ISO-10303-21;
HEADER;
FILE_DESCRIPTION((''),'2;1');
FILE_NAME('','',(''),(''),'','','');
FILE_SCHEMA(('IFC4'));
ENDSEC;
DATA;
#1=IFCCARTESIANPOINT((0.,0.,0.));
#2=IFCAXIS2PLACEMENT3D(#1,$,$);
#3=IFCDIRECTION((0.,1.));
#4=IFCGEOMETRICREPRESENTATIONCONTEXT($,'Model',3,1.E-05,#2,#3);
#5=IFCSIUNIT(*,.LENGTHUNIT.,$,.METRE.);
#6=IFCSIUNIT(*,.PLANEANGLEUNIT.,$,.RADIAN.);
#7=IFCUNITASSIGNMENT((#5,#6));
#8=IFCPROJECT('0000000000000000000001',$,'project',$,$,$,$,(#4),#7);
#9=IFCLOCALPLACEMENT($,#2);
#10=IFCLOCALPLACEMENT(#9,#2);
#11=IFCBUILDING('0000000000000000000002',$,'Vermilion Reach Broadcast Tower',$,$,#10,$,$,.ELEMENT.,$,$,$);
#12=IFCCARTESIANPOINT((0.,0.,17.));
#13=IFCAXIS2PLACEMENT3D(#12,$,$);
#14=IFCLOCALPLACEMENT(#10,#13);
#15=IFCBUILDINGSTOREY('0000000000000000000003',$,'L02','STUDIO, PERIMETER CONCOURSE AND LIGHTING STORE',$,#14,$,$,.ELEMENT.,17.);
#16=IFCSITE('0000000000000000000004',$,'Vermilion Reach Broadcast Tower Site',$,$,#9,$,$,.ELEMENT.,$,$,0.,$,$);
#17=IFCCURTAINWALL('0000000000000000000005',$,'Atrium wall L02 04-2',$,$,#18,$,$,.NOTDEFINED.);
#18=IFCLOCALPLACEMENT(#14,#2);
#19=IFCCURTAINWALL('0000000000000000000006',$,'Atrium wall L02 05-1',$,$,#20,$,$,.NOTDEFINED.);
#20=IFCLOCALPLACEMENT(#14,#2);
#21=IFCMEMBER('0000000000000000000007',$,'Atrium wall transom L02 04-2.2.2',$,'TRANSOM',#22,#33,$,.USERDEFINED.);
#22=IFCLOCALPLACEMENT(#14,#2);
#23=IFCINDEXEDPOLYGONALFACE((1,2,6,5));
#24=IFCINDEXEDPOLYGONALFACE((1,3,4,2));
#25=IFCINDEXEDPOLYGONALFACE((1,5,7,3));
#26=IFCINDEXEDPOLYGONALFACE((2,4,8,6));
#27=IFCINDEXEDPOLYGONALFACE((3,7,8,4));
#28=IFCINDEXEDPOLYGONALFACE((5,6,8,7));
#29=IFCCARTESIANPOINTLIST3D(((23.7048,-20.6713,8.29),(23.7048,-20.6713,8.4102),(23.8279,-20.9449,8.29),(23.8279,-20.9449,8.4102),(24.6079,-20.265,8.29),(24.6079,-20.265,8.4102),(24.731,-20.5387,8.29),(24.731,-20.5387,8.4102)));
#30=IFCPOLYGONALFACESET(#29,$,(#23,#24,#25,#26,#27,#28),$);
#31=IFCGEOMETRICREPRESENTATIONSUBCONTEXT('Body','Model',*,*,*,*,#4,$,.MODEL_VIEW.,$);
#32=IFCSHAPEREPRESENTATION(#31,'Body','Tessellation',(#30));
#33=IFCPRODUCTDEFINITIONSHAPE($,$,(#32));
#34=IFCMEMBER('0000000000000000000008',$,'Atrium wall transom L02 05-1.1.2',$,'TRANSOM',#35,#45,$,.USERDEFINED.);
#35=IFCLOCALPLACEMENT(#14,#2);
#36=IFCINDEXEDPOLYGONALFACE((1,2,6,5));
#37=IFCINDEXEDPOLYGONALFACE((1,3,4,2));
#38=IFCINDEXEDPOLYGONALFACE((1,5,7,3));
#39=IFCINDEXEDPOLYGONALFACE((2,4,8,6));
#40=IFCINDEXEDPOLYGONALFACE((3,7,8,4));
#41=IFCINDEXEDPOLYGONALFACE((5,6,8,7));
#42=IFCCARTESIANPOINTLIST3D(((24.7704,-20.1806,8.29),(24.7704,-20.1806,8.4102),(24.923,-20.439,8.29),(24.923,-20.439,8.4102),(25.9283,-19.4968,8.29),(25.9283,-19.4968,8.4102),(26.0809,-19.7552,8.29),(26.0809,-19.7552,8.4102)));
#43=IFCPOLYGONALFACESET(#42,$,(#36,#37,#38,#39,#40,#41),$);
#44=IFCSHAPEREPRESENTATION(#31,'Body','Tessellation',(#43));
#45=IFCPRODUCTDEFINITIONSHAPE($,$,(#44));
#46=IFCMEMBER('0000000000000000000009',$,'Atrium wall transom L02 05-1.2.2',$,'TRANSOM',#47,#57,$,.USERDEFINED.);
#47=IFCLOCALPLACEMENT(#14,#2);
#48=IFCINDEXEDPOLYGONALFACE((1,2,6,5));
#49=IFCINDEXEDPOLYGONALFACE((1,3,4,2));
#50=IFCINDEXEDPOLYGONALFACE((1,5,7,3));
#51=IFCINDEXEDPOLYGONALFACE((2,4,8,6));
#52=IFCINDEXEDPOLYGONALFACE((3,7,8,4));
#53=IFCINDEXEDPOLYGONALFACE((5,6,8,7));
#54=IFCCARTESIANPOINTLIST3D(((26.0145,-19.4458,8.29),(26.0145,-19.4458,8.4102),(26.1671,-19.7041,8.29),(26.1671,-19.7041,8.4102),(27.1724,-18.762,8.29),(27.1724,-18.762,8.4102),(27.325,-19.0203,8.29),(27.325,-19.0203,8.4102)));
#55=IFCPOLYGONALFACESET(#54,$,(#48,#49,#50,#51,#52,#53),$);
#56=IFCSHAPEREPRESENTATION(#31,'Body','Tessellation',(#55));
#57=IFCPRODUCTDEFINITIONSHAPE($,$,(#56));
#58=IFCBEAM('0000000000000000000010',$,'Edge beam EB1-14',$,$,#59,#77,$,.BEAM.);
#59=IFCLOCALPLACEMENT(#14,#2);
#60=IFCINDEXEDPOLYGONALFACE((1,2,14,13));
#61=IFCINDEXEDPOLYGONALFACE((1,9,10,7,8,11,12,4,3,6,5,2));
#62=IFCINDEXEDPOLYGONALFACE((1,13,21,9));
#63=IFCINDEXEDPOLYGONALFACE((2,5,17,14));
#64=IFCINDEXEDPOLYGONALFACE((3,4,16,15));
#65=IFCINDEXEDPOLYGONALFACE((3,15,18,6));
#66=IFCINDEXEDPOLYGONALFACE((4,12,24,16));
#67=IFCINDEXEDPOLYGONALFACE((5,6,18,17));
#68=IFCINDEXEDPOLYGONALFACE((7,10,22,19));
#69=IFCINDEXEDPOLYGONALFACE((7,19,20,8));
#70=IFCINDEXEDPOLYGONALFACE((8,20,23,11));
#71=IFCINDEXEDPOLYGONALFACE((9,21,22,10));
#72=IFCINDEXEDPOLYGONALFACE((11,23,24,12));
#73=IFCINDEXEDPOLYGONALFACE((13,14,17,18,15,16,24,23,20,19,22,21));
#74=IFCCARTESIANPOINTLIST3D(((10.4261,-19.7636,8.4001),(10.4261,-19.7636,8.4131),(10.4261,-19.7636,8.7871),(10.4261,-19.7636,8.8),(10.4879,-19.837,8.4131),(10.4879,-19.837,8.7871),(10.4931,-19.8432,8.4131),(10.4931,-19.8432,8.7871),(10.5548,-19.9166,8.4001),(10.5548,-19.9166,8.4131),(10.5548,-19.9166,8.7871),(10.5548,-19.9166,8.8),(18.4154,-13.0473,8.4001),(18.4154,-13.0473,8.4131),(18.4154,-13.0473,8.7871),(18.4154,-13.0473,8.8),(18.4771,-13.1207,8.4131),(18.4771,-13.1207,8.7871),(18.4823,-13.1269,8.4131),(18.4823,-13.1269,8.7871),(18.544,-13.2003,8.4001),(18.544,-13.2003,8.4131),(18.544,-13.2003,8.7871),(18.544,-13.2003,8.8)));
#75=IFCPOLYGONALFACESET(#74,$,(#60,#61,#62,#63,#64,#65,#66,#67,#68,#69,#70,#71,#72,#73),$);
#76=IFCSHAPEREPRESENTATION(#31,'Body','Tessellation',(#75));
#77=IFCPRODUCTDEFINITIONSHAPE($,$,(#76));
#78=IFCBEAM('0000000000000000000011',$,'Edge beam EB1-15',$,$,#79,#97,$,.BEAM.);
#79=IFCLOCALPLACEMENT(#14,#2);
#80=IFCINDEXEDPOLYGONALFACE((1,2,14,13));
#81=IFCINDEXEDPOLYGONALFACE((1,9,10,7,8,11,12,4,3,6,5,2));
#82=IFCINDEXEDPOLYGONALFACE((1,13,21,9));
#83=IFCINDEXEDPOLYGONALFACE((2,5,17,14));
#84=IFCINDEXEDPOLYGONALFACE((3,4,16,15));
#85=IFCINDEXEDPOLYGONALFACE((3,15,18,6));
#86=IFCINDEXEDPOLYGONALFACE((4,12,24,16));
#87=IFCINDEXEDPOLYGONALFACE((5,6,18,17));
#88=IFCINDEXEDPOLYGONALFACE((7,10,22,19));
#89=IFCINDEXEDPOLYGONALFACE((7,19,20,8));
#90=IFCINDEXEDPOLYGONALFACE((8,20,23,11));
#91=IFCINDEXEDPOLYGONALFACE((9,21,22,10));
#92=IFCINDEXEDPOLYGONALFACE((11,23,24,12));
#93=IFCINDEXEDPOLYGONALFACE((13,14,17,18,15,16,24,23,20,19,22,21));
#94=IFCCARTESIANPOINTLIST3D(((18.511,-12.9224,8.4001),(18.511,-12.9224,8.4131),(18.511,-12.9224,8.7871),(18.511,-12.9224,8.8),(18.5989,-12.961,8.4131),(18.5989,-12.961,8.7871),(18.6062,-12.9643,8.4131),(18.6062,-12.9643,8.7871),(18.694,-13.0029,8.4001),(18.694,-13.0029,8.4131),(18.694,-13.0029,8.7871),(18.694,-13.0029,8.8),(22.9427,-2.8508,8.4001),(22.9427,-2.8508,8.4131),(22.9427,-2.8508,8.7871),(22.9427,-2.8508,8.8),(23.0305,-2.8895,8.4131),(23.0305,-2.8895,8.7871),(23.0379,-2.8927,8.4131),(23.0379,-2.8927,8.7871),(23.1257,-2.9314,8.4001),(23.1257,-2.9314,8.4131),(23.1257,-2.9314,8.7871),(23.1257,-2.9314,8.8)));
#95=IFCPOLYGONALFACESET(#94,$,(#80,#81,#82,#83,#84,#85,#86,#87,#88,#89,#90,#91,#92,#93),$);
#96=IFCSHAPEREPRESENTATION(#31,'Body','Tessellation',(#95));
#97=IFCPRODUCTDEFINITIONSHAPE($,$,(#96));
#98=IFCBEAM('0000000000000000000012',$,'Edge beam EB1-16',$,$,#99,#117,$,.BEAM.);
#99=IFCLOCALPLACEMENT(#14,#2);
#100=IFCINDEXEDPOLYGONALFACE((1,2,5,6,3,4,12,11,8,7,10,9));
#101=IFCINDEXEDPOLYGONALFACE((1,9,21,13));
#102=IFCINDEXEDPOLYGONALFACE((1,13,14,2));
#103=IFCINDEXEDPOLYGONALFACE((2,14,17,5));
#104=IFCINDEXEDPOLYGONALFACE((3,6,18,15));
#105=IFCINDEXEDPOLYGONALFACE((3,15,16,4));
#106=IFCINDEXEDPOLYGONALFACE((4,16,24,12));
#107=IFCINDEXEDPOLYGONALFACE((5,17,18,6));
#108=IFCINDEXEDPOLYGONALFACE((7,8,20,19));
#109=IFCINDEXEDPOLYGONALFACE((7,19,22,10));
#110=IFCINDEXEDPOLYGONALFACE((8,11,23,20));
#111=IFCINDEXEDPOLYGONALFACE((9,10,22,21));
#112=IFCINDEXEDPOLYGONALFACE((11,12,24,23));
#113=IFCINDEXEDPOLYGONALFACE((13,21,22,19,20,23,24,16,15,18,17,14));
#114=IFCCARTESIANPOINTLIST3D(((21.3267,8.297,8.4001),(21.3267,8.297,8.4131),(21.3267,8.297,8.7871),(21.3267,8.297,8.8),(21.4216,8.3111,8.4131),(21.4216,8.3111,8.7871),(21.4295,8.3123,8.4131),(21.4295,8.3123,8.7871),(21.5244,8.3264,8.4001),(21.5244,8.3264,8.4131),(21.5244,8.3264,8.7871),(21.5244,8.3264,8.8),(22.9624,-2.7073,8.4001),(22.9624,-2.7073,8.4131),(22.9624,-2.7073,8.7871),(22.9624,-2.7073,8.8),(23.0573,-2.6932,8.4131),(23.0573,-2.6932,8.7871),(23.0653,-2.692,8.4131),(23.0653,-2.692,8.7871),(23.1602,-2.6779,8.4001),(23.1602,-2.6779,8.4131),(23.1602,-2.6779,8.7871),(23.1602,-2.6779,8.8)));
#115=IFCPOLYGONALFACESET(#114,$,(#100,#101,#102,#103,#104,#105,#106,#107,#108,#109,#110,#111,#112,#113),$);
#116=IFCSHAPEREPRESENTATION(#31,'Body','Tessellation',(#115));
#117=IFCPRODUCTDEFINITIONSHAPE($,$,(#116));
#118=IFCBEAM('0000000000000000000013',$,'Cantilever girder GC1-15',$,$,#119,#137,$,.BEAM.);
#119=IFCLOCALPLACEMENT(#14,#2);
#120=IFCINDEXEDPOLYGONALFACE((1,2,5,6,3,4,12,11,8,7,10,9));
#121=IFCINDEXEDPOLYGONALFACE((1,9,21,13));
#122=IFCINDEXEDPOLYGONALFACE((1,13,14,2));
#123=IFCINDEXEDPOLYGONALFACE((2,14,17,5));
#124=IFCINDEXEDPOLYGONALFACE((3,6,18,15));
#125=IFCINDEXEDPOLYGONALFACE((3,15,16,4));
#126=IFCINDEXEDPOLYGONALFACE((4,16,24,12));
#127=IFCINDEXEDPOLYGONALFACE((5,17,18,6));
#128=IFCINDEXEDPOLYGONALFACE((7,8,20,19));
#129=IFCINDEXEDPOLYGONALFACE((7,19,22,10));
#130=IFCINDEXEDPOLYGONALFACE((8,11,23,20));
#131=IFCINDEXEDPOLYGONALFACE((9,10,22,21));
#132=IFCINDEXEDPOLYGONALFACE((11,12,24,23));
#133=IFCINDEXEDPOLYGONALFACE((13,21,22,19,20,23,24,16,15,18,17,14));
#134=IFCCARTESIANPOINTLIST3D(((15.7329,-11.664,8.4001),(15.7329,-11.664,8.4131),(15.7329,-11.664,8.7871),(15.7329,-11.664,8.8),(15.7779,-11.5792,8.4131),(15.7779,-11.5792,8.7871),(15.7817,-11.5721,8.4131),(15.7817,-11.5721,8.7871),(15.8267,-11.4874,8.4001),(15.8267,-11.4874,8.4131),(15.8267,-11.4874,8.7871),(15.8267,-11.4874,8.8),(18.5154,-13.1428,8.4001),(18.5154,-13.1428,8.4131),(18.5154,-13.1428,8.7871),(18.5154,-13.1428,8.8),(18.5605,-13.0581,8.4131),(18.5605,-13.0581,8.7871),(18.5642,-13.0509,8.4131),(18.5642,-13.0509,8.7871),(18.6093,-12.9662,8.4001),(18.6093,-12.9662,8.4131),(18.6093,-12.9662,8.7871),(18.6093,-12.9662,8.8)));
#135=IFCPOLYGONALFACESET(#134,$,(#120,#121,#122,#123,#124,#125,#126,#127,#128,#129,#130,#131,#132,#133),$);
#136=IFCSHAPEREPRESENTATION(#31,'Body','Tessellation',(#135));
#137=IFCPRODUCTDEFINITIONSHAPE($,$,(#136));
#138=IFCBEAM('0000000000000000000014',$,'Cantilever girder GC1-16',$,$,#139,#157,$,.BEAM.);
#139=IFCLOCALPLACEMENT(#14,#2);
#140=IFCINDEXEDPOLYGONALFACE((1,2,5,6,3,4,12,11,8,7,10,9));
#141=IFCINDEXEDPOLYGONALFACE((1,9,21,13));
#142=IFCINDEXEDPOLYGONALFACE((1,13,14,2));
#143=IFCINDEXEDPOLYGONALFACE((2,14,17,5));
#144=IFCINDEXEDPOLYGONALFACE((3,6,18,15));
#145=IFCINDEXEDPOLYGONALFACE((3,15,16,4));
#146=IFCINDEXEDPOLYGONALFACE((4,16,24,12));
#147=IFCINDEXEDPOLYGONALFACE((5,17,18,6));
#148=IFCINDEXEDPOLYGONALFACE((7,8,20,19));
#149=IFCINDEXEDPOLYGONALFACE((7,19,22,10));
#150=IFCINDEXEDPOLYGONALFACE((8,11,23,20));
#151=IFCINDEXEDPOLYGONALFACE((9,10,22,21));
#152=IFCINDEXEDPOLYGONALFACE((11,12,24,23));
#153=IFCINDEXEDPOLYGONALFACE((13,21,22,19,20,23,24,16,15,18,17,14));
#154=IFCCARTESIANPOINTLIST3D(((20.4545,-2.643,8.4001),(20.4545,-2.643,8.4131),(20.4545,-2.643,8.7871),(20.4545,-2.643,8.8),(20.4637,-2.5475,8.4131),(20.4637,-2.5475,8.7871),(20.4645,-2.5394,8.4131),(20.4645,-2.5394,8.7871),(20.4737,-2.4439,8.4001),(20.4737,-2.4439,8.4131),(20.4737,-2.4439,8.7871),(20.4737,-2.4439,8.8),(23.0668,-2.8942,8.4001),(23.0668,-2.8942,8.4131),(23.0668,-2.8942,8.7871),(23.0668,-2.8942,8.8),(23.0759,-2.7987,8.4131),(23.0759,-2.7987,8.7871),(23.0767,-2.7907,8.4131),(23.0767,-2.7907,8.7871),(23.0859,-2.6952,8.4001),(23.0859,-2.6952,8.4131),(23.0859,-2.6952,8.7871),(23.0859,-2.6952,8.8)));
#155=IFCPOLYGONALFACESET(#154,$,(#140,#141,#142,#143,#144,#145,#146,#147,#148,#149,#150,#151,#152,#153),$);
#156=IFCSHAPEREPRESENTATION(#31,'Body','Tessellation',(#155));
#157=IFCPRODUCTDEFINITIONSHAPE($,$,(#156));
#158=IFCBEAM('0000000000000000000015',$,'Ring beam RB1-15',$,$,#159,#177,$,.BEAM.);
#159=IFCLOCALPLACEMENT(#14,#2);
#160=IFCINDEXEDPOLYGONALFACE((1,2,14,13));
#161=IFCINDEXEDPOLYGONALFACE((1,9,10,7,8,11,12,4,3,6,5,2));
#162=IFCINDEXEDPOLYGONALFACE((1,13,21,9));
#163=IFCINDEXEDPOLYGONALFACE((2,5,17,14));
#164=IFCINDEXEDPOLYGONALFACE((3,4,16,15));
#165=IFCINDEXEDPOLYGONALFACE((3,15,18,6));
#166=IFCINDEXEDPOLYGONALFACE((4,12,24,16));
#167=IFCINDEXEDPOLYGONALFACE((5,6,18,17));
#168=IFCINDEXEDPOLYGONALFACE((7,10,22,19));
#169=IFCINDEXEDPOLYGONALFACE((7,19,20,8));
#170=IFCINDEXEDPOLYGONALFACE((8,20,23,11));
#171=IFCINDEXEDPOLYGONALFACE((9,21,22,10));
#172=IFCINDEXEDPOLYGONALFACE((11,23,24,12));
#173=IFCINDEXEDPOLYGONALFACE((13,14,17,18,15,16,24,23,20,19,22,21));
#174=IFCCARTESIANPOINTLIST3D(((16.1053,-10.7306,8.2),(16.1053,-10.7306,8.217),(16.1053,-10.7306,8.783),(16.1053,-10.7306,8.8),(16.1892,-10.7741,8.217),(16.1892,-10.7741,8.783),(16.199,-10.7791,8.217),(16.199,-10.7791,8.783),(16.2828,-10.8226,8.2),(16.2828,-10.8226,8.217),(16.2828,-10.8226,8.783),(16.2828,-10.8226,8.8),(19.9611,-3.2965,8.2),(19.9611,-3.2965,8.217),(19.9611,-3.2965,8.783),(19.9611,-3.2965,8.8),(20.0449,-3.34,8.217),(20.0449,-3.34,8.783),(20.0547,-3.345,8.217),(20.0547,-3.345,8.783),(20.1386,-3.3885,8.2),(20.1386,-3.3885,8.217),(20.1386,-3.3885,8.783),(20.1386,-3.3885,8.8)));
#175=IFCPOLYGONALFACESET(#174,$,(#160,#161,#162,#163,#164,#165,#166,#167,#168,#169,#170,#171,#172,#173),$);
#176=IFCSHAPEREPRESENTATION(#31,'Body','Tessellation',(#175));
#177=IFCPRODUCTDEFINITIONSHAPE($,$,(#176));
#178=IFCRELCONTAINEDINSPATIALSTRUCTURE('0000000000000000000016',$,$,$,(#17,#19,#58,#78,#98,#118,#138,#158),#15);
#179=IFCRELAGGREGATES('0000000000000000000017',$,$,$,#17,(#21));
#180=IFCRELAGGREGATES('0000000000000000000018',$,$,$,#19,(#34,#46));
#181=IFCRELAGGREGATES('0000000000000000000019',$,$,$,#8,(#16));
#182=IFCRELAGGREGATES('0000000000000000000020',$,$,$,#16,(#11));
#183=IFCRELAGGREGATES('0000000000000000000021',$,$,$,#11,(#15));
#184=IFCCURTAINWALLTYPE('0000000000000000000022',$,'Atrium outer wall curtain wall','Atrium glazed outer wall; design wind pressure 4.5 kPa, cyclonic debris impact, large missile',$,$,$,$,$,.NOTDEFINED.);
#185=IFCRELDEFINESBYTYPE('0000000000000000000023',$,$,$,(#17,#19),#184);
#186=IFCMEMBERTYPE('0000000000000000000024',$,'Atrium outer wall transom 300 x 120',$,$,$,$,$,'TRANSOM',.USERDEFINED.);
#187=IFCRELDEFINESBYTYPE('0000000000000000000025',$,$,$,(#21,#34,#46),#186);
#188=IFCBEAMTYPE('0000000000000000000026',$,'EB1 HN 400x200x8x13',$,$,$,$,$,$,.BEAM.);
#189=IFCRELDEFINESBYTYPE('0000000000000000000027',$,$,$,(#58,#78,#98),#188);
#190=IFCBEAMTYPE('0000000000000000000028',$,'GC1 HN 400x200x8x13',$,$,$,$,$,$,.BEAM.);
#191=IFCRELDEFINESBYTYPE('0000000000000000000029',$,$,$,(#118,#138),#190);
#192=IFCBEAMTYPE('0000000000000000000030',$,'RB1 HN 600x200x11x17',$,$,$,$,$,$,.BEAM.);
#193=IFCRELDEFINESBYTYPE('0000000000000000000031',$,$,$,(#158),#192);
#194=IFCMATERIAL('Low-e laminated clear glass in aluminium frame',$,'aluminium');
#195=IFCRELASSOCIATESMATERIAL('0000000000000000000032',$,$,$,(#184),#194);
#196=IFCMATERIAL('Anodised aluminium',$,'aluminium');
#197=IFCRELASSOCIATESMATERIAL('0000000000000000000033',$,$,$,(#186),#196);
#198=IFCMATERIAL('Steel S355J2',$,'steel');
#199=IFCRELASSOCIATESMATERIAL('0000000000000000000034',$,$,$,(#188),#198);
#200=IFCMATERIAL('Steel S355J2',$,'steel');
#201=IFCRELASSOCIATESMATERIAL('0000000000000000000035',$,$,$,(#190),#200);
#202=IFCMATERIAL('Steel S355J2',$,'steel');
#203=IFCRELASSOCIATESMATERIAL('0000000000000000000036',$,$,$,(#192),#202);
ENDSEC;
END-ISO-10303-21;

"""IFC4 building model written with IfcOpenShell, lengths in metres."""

from ifc_helpers import new_model, si_unit, direction, frame, origin, origin_2d, place, context, subcontext, project, spatial, rectangle, i_section, extrude, material, material_profile, profile_set, type_object, element, aggregate, save


model = new_model("IFC4")

# Units and contexts
model_context = context("Model", 3, precision=1e-05, world=origin(), true_north=direction((0.0, 1.0)))
body_context = subcontext(model_context, "Body", "Model", "MODEL_VIEW")
ifc_project = project(units=[si_unit("LENGTHUNIT", "METRE"), si_unit("PLANEANGLEUNIT", "RADIAN")], contexts=[model_context])

# Site, building, storey
site_placement = place(None, origin())
site = spatial("IfcSite", under=ifc_project, at=site_placement, Name="Vermilion Reach Broadcast Tower Site", CompositionType="ELEMENT", RefElevation=0.0)
building_placement = place(site_placement, origin())
building = spatial("IfcBuilding", under=site, at=building_placement, Name="Vermilion Reach Broadcast Tower", CompositionType="ELEMENT")
storey_placement = place(building_placement, frame((0.0, 0.0, 17.0)))
storey = spatial("IfcBuildingStorey", under=building, at=storey_placement, Name="L02", Description="STUDIO, PERIMETER CONCOURSE AND LIGHTING STORE", CompositionType="ELEMENT", Elevation=17.0)

# Curtain walls
ifc_material_1 = material(Name="Low-e laminated clear glass in aluminium frame", Category="aluminium")
curtain_wall_type = type_object("IfcCurtainWallType", Name="Atrium outer wall curtain wall", Description="Atrium glazed outer wall; design wind pressure 4.5 kPa, cyclonic debris impact, large missile", PredefinedType="NOTDEFINED", material=ifc_material_1)
placement = place(storey_placement, origin())
curtain_wall_1 = element("IfcCurtainWall", 1, at=placement, inside=storey, type_object=curtain_wall_type, Name="Atrium wall L02 04-2", PredefinedType="NOTDEFINED")
curtain_wall_2 = element("IfcCurtainWall", 2, at=placement, inside=storey, type_object=curtain_wall_type, Name="Atrium wall L02 05-1", PredefinedType="NOTDEFINED")

# Members
ifc_material_2 = material(Name="Anodised aluminium", Category="aluminium")
ifc_material_profile_1 = material_profile(ifc_material_2, rectangle(XDim=0.3, YDim=0.1201, at=origin_2d()), Name="Atrium outer wall transom 300 x 120")
ifc_profile_set_1 = profile_set([ifc_material_profile_1], Name="Anodised aluminium")
member_type_1 = type_object("IfcMemberType", Name="Atrium outer wall transom 300 x 120", ElementType="TRANSOM", PredefinedType="USERDEFINED", material=ifc_profile_set_1)
member_1_placement = place(storey_placement, frame((23.7664, -20.8081, 8.3501), z_axis=(0.911972, 0.410252, 0.0), x_axis=(-0.410252, 0.911972, 0.0)))
member_1 = element("IfcMember", 3, at=member_1_placement, type_object=member_type_1, Name="Atrium wall transom L02 04-2.2.2", ObjectType="TRANSOM", PredefinedType="USERDEFINED", context=body_context, shape_type="SweptSolid", body=[
    extrude(rectangle(XDim=0.3, YDim=0.1201, at=origin_2d()), origin(), (0.0, 0.0, 1.0), 0.9902),
])
member_2_placement = place(storey_placement, frame((24.8467, -20.3098, 8.3501), z_axis=(0.86106, 0.508503, 0.0), x_axis=(-0.508503, 0.86106, 0.0)))
member_2 = element("IfcMember", 4, at=member_2_placement, type_object=member_type_1, Name="Atrium wall transom L02 05-1.1.2", ObjectType="TRANSOM", PredefinedType="USERDEFINED", context=body_context, shape_type="SweptSolid", body=[
    extrude(rectangle(XDim=0.3, YDim=0.1201, at=origin_2d()), origin(), (0.0, 0.0, 1.0), 1.3447),
])
member_3_placement = place(storey_placement, frame((26.0908, -19.575, 8.3501), z_axis=(0.86106, 0.508503, 0.0), x_axis=(-0.508503, 0.86106, 0.0)))
member_3 = element("IfcMember", 5, at=member_3_placement, type_object=member_type_1, Name="Atrium wall transom L02 05-1.2.2", ObjectType="TRANSOM", PredefinedType="USERDEFINED", context=body_context, shape_type="SweptSolid", body=[
    extrude(rectangle(XDim=0.3, YDim=0.1201, at=origin_2d()), origin(), (0.0, 0.0, 1.0), 1.3447),
])

# Beams
ifc_material_3 = material(Name="Steel S355J2", Category="steel")
ifc_material_profile_2 = material_profile(ifc_material_3, i_section(OverallWidth=0.2, OverallDepth=0.3999, WebThickness=0.0081, FlangeThickness=0.0129, at=origin_2d()), Name="S355J2 HN 400x200x8x13")
ifc_profile_set_2 = profile_set([ifc_material_profile_2], Name="Steel S355J2")
beam_type_1 = type_object("IfcBeamType", Name="EB1 HN 400x200x8x13", PredefinedType="BEAM", material=ifc_profile_set_2)
beam_1_placement = place(storey_placement, frame((10.4905, -19.8401, 8.6001), z_axis=(0.765453, 0.643492, 0.0), x_axis=(-0.643492, 0.765453, 0.0)))
element("IfcBeam", 6, at=beam_1_placement, inside=storey, type_object=beam_type_1, Name="Edge beam EB1-14", PredefinedType="BEAM", context=body_context, shape_type="SweptSolid", body=[
    extrude(i_section(OverallWidth=0.2, OverallDepth=0.3999, WebThickness=0.0081, FlangeThickness=0.0129, at=origin_2d()), origin(), (0.0, 0.0, 1.0), 10.4373),
])
beam_2_placement = place(storey_placement, frame((18.6025, -12.9626, 8.6001), z_axis=(0.402751, 0.915309, 0.0), x_axis=(-0.915309, 0.402751, 0.0)))
element("IfcBeam", 7, at=beam_2_placement, inside=storey, type_object=beam_type_1, Name="Edge beam EB1-15", PredefinedType="BEAM", context=body_context, shape_type="SweptSolid", body=[
    extrude(i_section(OverallWidth=0.2, OverallDepth=0.3999, WebThickness=0.0081, FlangeThickness=0.0129, at=origin_2d()), origin(), (0.0, 0.0, 1.0), 11.0034),
])
beam_3_placement = place(storey_placement, frame((23.0613, -2.6926, 8.6001), z_axis=(-0.147029, 0.989132, 0.0), x_axis=(-0.989132, -0.147029, 0.0)))
element("IfcBeam", 8, at=beam_3_placement, inside=storey, type_object=beam_type_1, Name="Edge beam EB1-16", PredefinedType="BEAM", context=body_context, shape_type="SweptSolid", body=[
    extrude(i_section(OverallWidth=0.2, OverallDepth=0.3999, WebThickness=0.0081, FlangeThickness=0.0129, at=origin_2d()), origin(), (0.0, 0.0, 1.0), 11.1252),
])
ifc_material_4 = material(Name="Steel S355J2", Category="steel")
ifc_material_profile_3 = material_profile(ifc_material_4, i_section(OverallWidth=0.2, OverallDepth=0.3999, WebThickness=0.0081, FlangeThickness=0.0129, at=origin_2d()), Name="S355J2 HN 400x200x8x13")
ifc_profile_set_3 = profile_set([ifc_material_profile_3], Name="Steel S355J2")
beam_type_2 = type_object("IfcBeamType", Name="GC1 HN 400x200x8x13", PredefinedType="BEAM", material=ifc_profile_set_3)
beam_4_placement = place(storey_placement, frame((15.7798, -11.5757, 8.6001), z_axis=(0.88304, -0.469297, 0.0), x_axis=(0.469297, 0.88304, 0.0)))
element("IfcBeam", 9, at=beam_4_placement, inside=storey, type_object=beam_type_2, Name="Cantilever girder GC1-15", PredefinedType="BEAM", context=body_context, shape_type="SweptSolid", body=[
    extrude(i_section(OverallWidth=0.2, OverallDepth=0.3999, WebThickness=0.0081, FlangeThickness=0.0129, at=origin_2d()), origin(), (0.0, 0.0, 1.0), 3.1511),
])
beam_5_placement = place(storey_placement, frame((20.4641, -2.5435, 8.6001), z_axis=(0.995408, -0.095727, 0.0), x_axis=(0.095727, 0.995408, 0.0)))
element("IfcBeam", 10, at=beam_5_placement, inside=storey, type_object=beam_type_2, Name="Cantilever girder GC1-16", PredefinedType="BEAM", context=body_context, shape_type="SweptSolid", body=[
    extrude(i_section(OverallWidth=0.2, OverallDepth=0.3999, WebThickness=0.0081, FlangeThickness=0.0129, at=origin_2d()), origin(), (0.0, 0.0, 1.0), 2.6243),
])
ifc_material_5 = material(Name="Steel S355J2", Category="steel")
ifc_material_profile_4 = material_profile(ifc_material_5, i_section(OverallWidth=0.2, OverallDepth=0.6001, WebThickness=0.011, FlangeThickness=0.0171, at=origin_2d()), Name="S355J2 HN 600x200x11x17")
ifc_profile_set_4 = profile_set([ifc_material_profile_4], Name="Steel S355J2")
beam_type_3 = type_object("IfcBeamType", Name="RB1 HN 600x200x11x17", PredefinedType="BEAM", material=ifc_profile_set_4)
beam_6_placement = place(storey_placement, frame((16.1941, -10.7766, 8.5), z_axis=(0.460412, 0.887706, 0.0), x_axis=(-0.887706, 0.460412, 0.0)))
element("IfcBeam", 11, at=beam_6_placement, inside=storey, type_object=beam_type_3, Name="Ring beam RB1-15", PredefinedType="BEAM", context=body_context, shape_type="SweptSolid", body=[
    extrude(i_section(OverallWidth=0.2, OverallDepth=0.6001, WebThickness=0.011, FlangeThickness=0.0171, at=origin_2d()), origin(), (0.0, 0.0, 1.0), 8.3745),
])

aggregate(curtain_wall_1, [member_1])
aggregate(curtain_wall_2, [member_2, member_3])

save(model, "model.ifc")
